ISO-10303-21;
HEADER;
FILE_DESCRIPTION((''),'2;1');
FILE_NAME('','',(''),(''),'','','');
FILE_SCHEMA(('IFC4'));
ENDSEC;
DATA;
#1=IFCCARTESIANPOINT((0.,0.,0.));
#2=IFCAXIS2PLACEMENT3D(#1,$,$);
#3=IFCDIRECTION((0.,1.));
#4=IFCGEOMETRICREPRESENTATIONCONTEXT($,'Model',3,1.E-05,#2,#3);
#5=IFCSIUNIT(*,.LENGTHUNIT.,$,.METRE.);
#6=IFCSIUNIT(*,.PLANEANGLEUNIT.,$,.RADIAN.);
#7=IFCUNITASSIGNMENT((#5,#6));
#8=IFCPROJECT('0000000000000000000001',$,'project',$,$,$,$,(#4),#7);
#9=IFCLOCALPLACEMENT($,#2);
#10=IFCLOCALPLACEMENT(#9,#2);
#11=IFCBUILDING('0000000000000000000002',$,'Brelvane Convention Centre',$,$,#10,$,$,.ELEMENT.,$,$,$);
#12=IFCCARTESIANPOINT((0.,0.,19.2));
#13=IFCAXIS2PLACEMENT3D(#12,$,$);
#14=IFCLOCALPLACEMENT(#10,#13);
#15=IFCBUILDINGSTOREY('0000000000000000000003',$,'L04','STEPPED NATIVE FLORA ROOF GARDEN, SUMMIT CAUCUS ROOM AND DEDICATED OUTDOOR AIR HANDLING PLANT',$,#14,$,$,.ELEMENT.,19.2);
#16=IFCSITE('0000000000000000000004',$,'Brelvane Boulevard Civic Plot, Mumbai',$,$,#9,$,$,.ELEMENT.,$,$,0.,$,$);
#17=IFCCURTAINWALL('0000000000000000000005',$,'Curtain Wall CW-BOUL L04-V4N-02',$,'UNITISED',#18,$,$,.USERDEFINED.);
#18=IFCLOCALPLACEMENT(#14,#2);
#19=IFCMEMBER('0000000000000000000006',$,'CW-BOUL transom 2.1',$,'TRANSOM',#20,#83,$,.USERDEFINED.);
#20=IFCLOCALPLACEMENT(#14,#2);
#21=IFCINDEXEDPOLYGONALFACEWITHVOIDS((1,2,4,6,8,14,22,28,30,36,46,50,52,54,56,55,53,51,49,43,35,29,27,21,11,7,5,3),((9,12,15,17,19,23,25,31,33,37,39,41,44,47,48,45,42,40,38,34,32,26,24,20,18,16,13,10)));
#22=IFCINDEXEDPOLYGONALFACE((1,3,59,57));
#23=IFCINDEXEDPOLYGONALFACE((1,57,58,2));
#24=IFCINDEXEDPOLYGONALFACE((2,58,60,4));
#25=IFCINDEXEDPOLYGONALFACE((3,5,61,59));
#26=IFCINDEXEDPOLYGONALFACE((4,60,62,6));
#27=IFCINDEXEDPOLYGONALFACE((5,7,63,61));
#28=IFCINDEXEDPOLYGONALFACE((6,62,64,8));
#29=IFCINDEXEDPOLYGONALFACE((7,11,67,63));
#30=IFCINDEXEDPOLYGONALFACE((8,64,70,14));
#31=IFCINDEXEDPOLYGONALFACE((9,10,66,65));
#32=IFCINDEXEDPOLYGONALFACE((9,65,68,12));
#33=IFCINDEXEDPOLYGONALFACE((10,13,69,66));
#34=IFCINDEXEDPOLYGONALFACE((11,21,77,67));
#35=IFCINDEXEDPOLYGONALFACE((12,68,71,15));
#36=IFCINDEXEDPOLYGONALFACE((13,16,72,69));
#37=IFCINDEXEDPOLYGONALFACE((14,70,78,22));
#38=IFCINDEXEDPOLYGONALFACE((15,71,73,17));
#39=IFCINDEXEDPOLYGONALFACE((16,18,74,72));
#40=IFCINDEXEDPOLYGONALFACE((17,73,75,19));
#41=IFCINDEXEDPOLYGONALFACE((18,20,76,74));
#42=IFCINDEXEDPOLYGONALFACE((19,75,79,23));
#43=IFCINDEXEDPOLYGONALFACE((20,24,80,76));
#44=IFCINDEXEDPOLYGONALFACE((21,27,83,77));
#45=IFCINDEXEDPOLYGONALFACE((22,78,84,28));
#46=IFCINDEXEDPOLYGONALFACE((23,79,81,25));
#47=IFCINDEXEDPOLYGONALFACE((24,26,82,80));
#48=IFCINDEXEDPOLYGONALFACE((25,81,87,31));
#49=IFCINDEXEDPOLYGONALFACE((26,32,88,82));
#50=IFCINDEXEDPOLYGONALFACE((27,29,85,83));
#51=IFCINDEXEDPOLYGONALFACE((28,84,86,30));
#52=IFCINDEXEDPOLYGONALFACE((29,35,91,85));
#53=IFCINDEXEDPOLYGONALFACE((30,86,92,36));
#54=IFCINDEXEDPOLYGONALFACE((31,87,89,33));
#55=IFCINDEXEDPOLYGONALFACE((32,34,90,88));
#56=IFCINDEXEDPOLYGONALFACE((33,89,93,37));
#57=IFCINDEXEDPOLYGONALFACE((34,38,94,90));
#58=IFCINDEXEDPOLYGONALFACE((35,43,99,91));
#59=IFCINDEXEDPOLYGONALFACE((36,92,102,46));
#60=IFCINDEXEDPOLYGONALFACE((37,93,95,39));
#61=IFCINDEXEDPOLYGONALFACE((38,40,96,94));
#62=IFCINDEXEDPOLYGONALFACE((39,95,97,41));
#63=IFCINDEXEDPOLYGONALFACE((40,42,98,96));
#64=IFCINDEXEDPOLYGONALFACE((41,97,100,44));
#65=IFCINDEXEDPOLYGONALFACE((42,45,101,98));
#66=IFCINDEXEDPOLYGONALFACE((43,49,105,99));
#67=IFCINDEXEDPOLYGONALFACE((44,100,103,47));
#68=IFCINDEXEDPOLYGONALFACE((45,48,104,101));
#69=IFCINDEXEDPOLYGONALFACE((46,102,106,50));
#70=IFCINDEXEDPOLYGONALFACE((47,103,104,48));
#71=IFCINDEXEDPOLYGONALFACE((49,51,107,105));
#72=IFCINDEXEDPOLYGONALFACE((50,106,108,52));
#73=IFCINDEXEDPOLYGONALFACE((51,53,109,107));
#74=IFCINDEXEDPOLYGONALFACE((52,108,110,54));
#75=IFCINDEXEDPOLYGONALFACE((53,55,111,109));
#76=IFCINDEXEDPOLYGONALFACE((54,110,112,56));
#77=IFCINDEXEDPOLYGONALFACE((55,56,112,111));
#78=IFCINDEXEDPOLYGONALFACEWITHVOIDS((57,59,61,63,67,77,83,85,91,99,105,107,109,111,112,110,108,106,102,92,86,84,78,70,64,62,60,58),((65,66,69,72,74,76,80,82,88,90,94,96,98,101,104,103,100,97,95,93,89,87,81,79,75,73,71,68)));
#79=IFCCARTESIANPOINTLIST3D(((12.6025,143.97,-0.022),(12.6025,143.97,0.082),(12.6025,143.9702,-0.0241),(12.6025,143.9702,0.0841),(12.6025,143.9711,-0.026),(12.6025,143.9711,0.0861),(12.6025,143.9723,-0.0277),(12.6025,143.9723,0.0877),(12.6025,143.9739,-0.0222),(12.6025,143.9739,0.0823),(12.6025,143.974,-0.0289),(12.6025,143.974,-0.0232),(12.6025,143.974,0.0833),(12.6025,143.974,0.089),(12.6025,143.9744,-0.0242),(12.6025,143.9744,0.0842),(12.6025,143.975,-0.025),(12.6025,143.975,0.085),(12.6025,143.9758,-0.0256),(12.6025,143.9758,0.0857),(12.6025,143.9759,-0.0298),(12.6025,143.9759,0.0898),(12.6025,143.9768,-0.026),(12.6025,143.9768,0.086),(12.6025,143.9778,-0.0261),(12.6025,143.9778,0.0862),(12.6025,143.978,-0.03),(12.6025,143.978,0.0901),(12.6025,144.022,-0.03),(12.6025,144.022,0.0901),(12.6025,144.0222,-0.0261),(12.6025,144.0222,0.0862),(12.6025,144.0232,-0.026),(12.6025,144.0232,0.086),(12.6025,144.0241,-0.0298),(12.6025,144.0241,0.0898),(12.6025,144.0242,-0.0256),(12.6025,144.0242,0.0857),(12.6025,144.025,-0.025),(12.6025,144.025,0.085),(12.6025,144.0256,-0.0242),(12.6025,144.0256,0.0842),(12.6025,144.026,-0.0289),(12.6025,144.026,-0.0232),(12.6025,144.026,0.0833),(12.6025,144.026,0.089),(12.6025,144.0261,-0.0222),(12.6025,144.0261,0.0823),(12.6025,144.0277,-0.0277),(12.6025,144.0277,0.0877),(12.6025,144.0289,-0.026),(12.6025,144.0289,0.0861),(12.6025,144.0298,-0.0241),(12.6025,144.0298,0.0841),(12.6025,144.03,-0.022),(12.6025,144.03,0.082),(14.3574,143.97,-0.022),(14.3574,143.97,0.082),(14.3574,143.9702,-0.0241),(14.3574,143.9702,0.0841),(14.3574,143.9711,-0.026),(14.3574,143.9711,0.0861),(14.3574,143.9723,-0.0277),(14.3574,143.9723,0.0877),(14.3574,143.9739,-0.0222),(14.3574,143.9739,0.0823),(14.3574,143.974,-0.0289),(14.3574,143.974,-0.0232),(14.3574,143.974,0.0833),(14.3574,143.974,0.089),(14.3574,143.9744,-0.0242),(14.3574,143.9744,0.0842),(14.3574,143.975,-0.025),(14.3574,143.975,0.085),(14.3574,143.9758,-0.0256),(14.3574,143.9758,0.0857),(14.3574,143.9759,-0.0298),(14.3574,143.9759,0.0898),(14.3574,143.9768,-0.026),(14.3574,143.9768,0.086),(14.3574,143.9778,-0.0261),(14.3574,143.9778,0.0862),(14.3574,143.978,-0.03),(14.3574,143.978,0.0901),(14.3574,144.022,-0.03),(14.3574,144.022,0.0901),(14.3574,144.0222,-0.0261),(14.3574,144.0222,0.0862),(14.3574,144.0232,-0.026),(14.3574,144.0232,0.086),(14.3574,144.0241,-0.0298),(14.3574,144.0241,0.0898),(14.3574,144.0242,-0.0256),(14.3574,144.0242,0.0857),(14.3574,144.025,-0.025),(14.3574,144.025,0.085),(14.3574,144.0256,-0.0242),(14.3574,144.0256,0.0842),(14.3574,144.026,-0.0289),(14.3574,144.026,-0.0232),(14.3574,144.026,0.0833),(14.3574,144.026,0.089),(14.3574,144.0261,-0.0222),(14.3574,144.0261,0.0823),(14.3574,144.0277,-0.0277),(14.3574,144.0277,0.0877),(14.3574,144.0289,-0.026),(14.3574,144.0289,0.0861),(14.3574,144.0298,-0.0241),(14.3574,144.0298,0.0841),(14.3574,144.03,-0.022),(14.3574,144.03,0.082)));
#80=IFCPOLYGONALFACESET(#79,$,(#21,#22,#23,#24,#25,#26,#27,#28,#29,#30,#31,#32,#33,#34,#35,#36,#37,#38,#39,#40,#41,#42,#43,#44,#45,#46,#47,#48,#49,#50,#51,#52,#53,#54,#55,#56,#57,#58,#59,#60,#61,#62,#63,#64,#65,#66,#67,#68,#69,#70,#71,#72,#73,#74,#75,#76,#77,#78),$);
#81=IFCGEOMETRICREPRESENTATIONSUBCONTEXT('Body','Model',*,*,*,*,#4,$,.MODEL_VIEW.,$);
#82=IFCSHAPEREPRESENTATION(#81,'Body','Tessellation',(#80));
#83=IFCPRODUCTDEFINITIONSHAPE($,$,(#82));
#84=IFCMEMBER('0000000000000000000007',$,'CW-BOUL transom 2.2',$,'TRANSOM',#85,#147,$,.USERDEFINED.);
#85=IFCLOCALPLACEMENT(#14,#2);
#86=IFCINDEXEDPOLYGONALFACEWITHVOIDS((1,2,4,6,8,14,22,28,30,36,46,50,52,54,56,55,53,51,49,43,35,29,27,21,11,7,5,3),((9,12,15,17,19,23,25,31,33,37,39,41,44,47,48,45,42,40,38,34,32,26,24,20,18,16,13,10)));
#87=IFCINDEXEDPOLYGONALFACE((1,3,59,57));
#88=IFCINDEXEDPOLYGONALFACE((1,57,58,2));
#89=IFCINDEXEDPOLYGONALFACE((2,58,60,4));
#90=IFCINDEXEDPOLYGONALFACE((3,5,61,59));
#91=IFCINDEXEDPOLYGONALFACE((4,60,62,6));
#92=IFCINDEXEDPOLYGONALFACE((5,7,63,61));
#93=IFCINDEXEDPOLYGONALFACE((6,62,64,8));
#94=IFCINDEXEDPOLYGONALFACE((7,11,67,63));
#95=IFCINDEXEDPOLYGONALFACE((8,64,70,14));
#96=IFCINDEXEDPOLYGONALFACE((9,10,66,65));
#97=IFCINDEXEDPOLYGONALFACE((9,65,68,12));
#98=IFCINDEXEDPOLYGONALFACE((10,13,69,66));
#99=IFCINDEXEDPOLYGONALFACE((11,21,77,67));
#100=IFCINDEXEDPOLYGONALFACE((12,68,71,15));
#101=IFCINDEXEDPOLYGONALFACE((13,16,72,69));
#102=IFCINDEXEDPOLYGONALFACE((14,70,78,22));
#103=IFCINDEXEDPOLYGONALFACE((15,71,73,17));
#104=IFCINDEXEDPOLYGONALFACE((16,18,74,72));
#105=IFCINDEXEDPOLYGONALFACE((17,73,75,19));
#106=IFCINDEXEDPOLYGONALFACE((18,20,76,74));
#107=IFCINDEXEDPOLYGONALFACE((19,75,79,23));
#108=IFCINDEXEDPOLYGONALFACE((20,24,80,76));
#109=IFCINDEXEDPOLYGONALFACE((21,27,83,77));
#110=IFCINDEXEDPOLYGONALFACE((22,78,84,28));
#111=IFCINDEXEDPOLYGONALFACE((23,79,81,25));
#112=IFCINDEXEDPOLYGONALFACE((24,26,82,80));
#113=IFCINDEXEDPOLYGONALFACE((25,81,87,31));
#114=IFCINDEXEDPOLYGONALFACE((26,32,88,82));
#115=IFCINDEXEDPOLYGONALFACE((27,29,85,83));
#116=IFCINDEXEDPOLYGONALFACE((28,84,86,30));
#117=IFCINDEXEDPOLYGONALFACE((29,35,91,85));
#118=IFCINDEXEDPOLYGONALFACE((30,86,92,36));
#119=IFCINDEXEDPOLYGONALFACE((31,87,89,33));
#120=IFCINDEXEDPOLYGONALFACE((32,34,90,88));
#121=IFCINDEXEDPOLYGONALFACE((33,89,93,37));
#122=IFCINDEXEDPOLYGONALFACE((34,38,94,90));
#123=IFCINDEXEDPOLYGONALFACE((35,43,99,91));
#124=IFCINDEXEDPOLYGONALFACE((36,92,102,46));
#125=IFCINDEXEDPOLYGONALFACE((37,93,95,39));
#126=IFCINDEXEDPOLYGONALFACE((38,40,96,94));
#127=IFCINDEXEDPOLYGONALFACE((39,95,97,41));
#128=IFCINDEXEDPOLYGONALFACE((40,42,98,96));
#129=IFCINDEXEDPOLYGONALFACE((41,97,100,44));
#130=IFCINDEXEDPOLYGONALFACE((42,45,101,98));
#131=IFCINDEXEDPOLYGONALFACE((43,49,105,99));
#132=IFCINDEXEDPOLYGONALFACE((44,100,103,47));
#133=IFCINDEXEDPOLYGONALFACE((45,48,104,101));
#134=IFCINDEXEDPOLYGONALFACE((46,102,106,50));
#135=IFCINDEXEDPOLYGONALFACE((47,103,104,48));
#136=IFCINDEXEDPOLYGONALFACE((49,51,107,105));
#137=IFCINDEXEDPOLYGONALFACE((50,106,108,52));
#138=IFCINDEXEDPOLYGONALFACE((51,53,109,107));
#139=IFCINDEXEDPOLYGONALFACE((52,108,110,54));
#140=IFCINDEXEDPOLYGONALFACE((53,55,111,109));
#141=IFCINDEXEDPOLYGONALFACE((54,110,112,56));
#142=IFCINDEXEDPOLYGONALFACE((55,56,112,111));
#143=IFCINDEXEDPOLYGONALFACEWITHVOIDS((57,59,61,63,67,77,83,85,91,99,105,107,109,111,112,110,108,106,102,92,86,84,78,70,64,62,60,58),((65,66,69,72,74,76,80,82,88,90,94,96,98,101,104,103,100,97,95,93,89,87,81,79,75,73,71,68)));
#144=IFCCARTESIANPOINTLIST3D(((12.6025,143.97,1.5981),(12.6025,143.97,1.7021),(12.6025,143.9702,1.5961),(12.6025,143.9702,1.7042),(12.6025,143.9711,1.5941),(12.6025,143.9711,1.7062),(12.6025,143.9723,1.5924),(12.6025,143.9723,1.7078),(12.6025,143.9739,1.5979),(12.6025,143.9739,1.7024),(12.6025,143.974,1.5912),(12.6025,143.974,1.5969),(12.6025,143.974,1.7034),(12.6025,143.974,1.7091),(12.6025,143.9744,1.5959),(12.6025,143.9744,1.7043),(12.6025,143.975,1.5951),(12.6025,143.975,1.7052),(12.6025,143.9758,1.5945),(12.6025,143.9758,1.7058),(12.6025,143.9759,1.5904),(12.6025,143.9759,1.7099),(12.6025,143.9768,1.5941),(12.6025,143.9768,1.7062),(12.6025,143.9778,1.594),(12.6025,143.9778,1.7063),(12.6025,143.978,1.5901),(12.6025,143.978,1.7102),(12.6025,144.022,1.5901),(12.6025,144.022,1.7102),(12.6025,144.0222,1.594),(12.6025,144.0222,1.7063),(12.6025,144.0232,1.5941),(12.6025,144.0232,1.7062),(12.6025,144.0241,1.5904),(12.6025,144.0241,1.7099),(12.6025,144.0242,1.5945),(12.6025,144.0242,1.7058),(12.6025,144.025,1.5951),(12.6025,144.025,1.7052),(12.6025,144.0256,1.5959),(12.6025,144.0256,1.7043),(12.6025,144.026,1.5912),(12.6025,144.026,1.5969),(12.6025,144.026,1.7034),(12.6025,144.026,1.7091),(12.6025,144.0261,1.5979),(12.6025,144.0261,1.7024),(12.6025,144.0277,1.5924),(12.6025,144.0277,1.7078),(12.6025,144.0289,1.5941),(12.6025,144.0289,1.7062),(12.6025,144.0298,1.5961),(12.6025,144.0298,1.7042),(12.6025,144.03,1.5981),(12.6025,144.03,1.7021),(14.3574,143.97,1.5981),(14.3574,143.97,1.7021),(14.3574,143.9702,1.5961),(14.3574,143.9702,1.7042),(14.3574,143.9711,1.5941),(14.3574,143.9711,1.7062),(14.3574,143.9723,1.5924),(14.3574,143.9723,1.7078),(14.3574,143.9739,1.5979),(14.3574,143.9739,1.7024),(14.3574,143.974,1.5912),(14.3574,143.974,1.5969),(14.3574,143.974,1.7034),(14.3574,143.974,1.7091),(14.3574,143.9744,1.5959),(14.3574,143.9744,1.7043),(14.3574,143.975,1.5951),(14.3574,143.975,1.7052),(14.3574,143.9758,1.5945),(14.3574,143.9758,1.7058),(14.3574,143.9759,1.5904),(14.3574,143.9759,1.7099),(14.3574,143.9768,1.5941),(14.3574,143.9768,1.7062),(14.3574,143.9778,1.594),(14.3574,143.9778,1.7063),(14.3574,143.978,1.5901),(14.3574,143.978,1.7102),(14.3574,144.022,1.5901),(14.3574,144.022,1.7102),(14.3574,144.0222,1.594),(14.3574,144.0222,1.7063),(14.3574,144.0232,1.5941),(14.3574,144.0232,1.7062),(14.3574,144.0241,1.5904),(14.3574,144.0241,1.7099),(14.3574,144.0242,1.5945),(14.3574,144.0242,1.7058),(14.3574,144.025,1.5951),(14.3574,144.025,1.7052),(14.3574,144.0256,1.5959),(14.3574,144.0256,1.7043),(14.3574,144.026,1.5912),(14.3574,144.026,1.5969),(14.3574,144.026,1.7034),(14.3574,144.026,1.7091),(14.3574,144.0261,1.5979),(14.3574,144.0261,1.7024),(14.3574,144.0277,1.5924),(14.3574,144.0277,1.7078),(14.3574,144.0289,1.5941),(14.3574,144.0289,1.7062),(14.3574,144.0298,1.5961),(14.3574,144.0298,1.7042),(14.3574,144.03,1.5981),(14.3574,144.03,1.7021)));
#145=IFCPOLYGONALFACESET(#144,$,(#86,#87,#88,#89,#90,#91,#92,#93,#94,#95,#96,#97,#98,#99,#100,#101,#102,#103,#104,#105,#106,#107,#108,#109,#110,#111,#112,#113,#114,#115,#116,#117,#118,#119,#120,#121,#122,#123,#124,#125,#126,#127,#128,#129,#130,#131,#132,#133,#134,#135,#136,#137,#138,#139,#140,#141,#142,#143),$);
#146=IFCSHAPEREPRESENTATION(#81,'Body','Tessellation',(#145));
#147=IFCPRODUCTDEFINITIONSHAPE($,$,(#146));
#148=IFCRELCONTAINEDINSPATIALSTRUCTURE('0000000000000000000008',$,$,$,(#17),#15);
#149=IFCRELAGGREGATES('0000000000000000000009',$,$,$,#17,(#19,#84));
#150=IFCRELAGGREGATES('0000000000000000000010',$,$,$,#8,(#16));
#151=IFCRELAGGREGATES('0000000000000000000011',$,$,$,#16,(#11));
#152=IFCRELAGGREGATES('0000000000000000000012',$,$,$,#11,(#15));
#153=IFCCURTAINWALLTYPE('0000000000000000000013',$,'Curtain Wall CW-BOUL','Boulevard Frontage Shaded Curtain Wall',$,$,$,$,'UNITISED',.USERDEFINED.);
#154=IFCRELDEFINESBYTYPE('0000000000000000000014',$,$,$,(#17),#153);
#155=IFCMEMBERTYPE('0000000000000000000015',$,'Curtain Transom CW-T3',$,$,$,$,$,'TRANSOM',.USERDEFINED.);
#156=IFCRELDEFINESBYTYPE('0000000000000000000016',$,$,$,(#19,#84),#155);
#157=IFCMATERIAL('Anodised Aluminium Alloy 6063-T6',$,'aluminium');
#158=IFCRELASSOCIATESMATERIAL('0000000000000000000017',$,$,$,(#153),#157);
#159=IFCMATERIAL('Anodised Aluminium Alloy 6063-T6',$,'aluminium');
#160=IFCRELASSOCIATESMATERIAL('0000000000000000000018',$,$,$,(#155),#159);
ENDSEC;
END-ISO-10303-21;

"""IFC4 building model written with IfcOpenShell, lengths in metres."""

from ifc_helpers import new_model, si_unit, direction, frame, origin, origin_2d, place, context, subcontext, project, spatial, hollow_rectangle, extrude, material, material_profile, profile_set, type_object, element, aggregate, save


model = new_model("IFC4")

# Units and contexts
model_context = context("Model", 3, precision=1e-05, world=origin(), true_north=direction((0.0, 1.0)))
body_context = subcontext(model_context, "Body", "Model", "MODEL_VIEW")
ifc_project = project(units=[si_unit("LENGTHUNIT", "METRE"), si_unit("PLANEANGLEUNIT", "RADIAN")], contexts=[model_context])

# Site, building, storey
site_placement = place(None, origin())
site = spatial("IfcSite", under=ifc_project, at=site_placement, Name="Brelvane Boulevard Civic Plot, Mumbai", CompositionType="ELEMENT", RefElevation=0.0)
building_placement = place(site_placement, origin())
building = spatial("IfcBuilding", under=site, at=building_placement, Name="Brelvane Convention Centre", CompositionType="ELEMENT")
storey_placement = place(building_placement, frame((0.0, 0.0, 19.2)))
storey = spatial("IfcBuildingStorey", under=building, at=storey_placement, Name="L04", Description="STEPPED NATIVE FLORA ROOF GARDEN, SUMMIT CAUCUS ROOM AND DEDICATED OUTDOOR AIR HANDLING PLANT", CompositionType="ELEMENT", Elevation=19.2)

# Curtain wall, members
ifc_material_1 = material(Name="Anodised Aluminium Alloy 6063-T6", Category="aluminium")
curtain_wall_type = type_object("IfcCurtainWallType", Name="Curtain Wall CW-BOUL", Description="Boulevard Frontage Shaded Curtain Wall", ElementType="UNITISED", PredefinedType="USERDEFINED", material=ifc_material_1)
curtain_wall_placement = place(storey_placement, origin())
curtain_wall = element("IfcCurtainWall", 1, at=curtain_wall_placement, inside=storey, type_object=curtain_wall_type, Name="Curtain Wall CW-BOUL L04-V4N-02", ObjectType="UNITISED", PredefinedType="USERDEFINED")
ifc_material_2 = material(Name="Anodised Aluminium Alloy 6063-T6", Category="aluminium")
ifc_material_profile_1 = material_profile(ifc_material_2, hollow_rectangle(XDim=0.0601, YDim=0.1201, WallThickness=0.0039, InnerFilletRadius=0.0039, OuterFilletRadius=0.0081, at=origin_2d()), Name="ALU-T 120x60x4.0")
ifc_profile_set_1 = profile_set([ifc_material_profile_1], Name="Anodised Aluminium Alloy 6063-T6")
member_type_1 = type_object("IfcMemberType", Name="Curtain Transom CW-T3", ElementType="TRANSOM", PredefinedType="USERDEFINED", material=ifc_profile_set_1)
member_1_placement = place(storey_placement, frame((12.6025, 144.0, 0.03), z_axis=(1.0, 0.0, 0.0), x_axis=(0.0, 1.0, 0.0)))
member_1 = element("IfcMember", 2, at=member_1_placement, type_object=member_type_1, Name="CW-BOUL transom 2.1", ObjectType="TRANSOM", PredefinedType="USERDEFINED", context=body_context, shape_type="SweptSolid", body=[
    extrude(hollow_rectangle(XDim=0.0601, YDim=0.1201, WallThickness=0.0039, InnerFilletRadius=0.0039, OuterFilletRadius=0.0081, at=origin_2d()), origin(), (0.0, 0.0, 1.0), 1.7549),
])
member_2_placement = place(storey_placement, frame((12.6025, 144.0, 1.6501), z_axis=(1.0, 0.0, 0.0), x_axis=(0.0, 1.0, 0.0)))
member_2 = element("IfcMember", 3, at=member_2_placement, type_object=member_type_1, Name="CW-BOUL transom 2.2", ObjectType="TRANSOM", PredefinedType="USERDEFINED", context=body_context, shape_type="SweptSolid", body=[
    extrude(hollow_rectangle(XDim=0.0601, YDim=0.1201, WallThickness=0.0039, InnerFilletRadius=0.0039, OuterFilletRadius=0.0081, at=origin_2d()), origin(), (0.0, 0.0, 1.0), 1.7549),
])

aggregate(curtain_wall, [member_1, member_2])

save(model, "model.ifc")
